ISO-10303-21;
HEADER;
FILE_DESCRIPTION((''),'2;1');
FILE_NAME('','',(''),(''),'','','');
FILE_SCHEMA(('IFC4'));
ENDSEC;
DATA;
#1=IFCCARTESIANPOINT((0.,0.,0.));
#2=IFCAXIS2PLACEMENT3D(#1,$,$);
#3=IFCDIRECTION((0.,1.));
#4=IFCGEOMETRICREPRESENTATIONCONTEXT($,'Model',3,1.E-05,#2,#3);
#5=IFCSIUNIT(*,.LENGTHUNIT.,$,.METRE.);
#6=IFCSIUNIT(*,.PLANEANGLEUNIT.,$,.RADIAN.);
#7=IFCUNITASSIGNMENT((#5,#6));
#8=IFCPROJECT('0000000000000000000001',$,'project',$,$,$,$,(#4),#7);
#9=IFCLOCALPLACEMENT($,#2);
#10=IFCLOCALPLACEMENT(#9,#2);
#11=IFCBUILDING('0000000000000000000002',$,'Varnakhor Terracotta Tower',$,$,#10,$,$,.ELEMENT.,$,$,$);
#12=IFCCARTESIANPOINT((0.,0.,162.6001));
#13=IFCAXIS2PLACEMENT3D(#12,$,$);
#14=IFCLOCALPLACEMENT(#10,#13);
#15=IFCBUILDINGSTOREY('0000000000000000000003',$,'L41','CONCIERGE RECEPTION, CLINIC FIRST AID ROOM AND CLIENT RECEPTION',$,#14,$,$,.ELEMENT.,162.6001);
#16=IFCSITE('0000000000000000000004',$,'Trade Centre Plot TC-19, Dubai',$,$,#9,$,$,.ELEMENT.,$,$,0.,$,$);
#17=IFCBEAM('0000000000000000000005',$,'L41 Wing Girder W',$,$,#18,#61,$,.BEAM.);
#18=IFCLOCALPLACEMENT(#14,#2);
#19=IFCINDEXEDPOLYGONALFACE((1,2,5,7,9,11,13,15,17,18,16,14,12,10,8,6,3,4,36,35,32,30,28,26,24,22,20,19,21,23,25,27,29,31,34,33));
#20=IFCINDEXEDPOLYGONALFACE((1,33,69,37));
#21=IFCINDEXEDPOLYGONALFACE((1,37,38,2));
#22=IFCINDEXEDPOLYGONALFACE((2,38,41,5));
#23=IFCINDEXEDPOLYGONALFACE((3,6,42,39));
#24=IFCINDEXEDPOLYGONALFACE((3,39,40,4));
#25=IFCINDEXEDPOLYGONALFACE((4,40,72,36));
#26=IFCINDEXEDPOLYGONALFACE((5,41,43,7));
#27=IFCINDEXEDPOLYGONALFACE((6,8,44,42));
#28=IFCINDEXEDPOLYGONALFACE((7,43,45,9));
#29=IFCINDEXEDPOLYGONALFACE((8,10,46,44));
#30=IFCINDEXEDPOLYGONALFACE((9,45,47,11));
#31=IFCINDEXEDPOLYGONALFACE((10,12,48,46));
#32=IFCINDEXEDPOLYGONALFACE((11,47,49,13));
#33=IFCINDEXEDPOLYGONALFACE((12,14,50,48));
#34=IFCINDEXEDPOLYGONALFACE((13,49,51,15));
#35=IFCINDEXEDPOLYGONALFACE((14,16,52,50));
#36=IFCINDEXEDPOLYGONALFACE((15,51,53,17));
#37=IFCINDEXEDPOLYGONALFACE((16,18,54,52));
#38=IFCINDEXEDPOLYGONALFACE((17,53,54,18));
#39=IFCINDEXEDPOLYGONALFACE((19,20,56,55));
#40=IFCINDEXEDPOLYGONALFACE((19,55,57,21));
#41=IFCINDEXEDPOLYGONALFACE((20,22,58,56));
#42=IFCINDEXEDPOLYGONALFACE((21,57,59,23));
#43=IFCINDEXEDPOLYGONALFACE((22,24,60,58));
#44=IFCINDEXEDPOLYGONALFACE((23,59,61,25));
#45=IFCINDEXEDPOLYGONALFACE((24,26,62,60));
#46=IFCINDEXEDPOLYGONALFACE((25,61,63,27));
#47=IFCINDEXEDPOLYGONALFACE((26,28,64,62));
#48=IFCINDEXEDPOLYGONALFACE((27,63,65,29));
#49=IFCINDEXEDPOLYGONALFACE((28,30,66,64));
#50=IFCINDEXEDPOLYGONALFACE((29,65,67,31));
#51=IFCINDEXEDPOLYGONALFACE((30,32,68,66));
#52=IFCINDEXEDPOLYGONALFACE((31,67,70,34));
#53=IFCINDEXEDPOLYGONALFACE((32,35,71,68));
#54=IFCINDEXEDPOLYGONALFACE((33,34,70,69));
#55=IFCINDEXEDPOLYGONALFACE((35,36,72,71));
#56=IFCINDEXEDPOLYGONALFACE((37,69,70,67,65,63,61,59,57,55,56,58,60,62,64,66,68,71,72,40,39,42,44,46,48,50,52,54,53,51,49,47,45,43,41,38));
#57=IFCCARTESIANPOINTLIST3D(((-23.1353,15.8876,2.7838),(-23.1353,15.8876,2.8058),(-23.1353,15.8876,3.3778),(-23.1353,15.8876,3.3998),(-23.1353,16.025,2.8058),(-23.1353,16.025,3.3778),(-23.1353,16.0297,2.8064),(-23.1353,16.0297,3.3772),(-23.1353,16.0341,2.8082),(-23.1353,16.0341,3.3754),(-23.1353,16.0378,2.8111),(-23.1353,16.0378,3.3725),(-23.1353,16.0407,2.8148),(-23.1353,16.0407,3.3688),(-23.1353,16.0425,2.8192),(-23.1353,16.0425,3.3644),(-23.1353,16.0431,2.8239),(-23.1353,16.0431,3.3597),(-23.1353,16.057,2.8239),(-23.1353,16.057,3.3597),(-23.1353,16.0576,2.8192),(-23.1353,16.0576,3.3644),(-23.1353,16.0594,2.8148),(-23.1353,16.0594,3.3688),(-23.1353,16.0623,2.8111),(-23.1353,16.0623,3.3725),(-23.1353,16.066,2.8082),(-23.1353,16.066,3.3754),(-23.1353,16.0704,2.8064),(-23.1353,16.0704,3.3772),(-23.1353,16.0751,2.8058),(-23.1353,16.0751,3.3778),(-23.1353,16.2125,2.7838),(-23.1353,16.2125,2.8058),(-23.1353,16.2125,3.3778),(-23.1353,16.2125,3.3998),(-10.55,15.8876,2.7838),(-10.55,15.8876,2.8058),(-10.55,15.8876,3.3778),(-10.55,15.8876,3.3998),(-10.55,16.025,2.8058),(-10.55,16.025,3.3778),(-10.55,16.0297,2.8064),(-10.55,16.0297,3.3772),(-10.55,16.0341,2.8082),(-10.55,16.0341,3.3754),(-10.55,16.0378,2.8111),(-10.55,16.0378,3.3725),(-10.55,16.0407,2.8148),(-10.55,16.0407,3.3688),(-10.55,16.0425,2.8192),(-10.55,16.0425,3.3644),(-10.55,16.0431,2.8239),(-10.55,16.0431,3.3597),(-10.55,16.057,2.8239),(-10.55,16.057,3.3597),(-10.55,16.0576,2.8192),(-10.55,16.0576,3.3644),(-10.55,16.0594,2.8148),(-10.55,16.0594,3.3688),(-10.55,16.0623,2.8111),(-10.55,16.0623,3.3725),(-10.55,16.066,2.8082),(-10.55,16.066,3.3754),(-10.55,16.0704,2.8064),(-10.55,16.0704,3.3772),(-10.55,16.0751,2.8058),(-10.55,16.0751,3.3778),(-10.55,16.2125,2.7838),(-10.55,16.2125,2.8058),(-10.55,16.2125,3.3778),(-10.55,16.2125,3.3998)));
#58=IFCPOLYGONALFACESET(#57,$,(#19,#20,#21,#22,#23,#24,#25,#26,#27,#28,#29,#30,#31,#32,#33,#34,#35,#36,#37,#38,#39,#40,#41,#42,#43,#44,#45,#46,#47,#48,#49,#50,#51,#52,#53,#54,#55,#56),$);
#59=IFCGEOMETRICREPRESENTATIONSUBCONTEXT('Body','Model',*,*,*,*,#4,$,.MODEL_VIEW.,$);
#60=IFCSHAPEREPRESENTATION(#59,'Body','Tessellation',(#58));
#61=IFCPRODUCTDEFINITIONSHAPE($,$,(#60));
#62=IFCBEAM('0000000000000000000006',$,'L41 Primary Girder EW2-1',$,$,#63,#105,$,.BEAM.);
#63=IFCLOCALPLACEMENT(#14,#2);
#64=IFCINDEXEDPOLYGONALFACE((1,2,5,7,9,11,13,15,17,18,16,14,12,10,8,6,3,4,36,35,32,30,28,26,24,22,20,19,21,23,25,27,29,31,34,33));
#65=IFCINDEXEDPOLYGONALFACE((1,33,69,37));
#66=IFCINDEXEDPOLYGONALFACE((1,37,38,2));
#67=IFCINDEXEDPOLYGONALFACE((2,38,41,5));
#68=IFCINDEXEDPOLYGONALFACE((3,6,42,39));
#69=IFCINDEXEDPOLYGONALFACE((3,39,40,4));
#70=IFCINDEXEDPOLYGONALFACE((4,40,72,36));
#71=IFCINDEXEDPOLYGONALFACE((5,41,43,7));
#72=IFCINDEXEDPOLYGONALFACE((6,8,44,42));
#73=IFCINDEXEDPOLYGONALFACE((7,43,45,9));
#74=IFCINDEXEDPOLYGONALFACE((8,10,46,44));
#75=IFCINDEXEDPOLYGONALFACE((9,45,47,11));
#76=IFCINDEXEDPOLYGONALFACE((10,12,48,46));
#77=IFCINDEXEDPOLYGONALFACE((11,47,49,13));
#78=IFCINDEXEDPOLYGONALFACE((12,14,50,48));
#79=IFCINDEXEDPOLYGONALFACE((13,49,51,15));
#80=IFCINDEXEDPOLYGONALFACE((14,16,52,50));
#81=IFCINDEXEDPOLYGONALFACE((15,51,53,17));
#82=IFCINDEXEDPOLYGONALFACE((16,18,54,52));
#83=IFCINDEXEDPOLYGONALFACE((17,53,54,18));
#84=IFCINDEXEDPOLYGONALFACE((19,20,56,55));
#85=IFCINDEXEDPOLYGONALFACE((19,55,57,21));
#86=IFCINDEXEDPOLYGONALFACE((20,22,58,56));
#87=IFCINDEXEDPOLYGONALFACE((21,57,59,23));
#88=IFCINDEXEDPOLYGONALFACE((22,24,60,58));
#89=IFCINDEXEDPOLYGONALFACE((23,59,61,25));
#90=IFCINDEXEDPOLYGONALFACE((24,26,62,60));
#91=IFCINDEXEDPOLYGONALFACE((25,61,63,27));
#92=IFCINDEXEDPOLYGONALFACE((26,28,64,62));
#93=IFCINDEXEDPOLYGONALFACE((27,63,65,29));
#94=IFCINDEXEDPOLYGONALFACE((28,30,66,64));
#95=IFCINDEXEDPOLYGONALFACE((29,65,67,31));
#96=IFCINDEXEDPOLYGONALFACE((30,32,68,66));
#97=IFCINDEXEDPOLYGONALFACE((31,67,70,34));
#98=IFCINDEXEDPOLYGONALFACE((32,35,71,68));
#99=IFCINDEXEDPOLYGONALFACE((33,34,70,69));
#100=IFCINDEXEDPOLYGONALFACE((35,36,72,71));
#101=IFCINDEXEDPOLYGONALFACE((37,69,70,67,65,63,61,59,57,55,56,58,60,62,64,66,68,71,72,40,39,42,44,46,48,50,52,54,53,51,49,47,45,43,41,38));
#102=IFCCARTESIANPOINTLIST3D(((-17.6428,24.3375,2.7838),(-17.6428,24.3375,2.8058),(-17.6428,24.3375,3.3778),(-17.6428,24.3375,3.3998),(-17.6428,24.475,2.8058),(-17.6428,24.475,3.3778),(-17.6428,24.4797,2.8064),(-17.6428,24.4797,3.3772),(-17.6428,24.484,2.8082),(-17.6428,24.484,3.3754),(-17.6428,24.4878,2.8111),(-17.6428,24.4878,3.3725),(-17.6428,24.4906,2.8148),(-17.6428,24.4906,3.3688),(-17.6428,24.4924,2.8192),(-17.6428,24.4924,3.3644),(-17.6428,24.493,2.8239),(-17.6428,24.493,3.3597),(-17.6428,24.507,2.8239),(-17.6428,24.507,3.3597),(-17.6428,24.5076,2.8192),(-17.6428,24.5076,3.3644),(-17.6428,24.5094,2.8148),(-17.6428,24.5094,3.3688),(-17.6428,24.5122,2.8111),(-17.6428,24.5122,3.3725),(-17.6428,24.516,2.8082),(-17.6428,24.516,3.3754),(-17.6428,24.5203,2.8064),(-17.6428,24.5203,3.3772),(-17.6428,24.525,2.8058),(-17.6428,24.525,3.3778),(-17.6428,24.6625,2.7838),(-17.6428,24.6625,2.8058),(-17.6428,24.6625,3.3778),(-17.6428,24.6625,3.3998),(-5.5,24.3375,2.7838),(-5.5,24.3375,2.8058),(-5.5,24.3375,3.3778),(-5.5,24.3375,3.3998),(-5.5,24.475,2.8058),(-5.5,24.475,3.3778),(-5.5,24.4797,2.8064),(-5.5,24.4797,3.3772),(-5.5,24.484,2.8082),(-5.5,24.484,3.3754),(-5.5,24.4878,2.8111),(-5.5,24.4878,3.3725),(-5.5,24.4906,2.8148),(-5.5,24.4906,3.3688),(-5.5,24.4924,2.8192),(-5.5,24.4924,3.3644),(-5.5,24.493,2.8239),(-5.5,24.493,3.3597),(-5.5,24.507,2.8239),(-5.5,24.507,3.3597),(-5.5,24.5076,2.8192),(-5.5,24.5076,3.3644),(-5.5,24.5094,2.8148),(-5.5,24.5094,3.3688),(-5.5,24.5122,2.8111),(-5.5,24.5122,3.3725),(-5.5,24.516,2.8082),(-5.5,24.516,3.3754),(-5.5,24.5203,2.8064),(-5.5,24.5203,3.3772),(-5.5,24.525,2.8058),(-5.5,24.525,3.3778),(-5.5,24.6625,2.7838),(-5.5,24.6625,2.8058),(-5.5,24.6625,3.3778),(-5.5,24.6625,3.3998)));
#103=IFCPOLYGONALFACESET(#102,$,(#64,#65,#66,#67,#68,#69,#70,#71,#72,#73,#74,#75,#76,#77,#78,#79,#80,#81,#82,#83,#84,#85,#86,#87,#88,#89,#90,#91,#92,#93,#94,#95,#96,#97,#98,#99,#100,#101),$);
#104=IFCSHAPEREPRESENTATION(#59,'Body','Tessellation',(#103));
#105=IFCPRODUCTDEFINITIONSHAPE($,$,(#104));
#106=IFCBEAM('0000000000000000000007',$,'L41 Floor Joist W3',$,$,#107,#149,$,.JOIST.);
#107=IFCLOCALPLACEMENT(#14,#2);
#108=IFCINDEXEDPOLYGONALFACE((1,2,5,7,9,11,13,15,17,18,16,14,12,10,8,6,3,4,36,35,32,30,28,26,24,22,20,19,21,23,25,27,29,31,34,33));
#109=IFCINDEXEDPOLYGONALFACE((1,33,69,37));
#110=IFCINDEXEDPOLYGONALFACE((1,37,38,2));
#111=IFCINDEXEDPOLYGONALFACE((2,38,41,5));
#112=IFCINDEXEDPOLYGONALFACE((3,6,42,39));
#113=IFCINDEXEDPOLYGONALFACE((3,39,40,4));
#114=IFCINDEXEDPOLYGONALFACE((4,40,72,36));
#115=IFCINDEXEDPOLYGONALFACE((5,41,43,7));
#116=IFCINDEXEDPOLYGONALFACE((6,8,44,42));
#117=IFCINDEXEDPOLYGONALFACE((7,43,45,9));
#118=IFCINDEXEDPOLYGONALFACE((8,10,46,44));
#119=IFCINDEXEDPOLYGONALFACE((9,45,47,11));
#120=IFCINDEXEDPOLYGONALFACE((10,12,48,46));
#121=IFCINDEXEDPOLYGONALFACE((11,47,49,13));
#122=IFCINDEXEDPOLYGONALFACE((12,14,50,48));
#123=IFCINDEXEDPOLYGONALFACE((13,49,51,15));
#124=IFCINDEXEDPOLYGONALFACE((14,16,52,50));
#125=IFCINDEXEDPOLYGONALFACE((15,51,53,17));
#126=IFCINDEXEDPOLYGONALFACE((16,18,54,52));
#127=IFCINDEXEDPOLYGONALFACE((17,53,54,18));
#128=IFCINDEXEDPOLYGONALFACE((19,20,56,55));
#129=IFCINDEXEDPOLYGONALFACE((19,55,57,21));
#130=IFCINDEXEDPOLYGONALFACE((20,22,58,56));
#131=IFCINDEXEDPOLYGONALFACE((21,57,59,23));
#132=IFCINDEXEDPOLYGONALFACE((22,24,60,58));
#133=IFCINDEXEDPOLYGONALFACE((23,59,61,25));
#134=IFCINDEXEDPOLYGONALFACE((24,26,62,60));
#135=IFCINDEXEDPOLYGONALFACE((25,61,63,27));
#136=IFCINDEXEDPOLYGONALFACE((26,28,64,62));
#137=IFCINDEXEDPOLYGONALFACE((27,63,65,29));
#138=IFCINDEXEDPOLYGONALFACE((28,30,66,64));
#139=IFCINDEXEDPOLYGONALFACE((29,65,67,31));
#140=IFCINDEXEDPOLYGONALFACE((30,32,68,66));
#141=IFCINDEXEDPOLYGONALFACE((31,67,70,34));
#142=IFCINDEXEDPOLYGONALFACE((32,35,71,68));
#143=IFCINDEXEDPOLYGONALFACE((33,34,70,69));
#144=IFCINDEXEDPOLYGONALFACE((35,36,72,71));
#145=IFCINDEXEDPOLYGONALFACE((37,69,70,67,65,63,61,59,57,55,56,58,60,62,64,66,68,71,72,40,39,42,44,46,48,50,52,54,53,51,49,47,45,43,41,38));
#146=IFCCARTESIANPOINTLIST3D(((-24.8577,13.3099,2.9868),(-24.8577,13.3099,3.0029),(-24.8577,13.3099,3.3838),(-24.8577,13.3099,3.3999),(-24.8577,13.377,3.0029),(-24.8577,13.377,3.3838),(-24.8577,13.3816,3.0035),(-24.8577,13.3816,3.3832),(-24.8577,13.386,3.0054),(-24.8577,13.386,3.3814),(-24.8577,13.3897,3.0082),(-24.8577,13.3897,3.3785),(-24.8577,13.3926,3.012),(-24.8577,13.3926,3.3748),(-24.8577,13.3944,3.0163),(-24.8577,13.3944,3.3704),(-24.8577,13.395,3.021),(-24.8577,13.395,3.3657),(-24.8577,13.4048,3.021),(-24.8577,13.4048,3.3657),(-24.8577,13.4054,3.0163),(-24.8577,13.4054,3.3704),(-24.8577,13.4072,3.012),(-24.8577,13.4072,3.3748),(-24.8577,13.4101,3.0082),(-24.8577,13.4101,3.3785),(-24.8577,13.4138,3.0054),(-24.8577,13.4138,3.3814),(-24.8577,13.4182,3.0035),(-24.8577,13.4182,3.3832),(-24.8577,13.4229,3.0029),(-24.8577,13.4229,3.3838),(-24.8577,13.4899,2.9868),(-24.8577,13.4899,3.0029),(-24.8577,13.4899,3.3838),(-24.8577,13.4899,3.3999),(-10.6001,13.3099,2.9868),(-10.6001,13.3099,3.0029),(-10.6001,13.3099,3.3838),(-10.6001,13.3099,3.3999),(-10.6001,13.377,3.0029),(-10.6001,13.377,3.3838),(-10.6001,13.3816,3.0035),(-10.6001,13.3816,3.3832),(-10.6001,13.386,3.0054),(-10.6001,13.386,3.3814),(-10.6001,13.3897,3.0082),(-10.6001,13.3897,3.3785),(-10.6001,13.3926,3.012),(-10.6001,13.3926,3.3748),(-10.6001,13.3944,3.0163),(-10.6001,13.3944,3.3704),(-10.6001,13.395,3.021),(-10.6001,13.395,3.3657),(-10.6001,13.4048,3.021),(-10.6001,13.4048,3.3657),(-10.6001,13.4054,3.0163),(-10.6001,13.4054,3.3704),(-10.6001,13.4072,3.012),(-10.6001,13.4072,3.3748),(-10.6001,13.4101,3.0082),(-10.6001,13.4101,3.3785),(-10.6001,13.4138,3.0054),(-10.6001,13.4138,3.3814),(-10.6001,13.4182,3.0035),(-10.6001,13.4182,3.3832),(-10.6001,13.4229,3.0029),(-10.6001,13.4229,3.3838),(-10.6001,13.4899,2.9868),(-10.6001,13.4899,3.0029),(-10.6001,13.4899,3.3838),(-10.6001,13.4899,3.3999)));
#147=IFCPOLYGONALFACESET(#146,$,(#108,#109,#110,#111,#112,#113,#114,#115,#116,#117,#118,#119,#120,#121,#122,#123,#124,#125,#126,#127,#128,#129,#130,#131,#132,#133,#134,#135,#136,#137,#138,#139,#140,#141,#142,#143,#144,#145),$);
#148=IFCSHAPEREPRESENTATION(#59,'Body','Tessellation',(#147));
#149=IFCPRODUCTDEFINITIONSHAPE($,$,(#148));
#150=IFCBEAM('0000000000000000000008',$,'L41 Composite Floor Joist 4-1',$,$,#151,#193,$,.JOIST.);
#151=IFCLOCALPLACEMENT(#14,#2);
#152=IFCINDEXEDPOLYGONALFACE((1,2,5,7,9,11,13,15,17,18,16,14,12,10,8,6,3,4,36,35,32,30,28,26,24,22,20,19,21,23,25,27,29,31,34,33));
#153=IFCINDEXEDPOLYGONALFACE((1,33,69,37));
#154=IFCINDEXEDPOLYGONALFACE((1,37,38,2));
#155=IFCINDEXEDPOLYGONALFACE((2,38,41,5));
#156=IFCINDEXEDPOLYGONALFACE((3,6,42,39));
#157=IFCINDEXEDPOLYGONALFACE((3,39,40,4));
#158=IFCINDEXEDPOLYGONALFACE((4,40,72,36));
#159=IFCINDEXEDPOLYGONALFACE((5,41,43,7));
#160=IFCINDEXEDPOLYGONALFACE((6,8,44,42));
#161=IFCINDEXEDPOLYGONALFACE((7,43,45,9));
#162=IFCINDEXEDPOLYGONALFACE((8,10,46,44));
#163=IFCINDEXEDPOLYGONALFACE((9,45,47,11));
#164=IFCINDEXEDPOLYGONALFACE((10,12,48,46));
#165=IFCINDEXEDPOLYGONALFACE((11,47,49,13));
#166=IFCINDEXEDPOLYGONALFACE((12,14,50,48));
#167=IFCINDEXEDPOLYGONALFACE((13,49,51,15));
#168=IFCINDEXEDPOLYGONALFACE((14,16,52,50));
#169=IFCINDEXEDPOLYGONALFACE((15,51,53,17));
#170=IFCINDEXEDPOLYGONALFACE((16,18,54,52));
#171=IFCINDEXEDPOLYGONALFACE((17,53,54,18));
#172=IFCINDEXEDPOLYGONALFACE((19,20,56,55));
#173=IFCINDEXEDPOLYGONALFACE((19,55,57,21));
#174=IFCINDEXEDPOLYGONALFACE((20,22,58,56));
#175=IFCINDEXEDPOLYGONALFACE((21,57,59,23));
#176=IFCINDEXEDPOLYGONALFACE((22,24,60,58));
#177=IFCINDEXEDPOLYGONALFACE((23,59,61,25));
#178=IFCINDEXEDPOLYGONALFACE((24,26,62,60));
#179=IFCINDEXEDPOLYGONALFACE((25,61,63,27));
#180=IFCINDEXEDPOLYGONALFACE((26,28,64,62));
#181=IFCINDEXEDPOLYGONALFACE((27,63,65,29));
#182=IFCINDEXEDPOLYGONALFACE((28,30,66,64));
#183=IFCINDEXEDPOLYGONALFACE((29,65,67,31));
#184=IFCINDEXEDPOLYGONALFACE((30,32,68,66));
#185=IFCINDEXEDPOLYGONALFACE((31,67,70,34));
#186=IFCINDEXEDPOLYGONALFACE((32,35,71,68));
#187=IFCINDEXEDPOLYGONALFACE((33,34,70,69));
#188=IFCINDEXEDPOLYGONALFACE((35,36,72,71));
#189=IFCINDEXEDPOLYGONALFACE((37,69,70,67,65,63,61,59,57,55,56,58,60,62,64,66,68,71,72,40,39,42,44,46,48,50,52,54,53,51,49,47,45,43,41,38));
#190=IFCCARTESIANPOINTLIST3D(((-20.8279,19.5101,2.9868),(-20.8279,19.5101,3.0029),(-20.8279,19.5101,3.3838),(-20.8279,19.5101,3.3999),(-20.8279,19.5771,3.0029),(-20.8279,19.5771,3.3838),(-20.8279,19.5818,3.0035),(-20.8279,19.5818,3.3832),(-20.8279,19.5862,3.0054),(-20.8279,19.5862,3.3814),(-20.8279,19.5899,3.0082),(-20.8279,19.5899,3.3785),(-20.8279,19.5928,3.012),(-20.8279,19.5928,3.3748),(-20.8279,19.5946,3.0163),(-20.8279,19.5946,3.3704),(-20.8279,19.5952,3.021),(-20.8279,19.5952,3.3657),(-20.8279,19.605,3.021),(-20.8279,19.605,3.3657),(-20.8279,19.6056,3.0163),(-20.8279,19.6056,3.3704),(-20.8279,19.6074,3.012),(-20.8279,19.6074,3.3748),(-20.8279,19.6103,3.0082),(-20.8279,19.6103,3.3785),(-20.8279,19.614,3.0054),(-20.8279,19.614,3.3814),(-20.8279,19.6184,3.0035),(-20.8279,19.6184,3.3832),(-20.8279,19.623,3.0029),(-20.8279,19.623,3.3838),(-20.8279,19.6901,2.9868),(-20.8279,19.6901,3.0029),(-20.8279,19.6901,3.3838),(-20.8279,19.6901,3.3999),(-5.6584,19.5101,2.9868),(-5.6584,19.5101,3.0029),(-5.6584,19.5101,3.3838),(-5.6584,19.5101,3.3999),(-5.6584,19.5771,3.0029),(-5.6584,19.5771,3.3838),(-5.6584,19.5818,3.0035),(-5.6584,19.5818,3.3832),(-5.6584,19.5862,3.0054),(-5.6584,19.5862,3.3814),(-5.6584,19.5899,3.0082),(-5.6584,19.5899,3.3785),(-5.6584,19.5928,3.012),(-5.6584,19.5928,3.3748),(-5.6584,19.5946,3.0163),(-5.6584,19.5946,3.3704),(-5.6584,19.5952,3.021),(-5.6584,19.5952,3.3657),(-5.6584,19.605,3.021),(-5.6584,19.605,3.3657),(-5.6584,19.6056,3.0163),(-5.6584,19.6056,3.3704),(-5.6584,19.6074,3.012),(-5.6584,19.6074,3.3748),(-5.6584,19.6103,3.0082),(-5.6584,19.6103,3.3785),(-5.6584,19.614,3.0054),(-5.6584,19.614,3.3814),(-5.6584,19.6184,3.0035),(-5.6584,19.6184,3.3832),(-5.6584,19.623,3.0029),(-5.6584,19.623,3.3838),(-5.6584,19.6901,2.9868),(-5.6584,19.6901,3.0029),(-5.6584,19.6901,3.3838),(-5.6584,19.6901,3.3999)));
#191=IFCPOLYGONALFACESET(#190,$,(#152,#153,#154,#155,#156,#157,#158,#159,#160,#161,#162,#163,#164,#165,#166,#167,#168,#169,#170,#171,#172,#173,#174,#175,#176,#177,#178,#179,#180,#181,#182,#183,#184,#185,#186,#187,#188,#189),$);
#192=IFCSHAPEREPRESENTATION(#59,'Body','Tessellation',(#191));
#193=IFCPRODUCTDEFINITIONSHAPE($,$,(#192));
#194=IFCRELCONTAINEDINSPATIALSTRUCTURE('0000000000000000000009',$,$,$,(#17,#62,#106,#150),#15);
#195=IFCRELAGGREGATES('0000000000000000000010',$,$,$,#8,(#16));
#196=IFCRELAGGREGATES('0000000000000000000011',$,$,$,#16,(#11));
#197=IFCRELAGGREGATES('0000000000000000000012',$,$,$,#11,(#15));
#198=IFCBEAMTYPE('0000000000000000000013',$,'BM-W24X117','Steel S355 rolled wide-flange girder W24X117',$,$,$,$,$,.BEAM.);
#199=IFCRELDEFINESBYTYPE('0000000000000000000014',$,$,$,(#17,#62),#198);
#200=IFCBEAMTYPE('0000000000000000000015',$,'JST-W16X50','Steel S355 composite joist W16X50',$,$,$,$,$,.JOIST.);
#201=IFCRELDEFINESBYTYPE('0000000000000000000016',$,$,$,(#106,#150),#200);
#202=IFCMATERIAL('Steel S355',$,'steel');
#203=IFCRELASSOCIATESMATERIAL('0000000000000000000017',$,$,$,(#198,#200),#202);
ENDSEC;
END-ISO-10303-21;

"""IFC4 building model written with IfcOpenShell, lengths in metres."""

from ifc_helpers import new_model, si_unit, direction, frame, origin, origin_2d, place, context, subcontext, project, spatial, i_section, extrude, source, transform, mapped, material, material_profile, profile_set, type_object, element, save


model = new_model("IFC4")

# Units and contexts
model_context = context("Model", 3, precision=1e-05, world=origin(), true_north=direction((0.0, 1.0)))
body_context = subcontext(model_context, "Body", "Model", "MODEL_VIEW")
ifc_project = project(units=[si_unit("LENGTHUNIT", "METRE"), si_unit("PLANEANGLEUNIT", "RADIAN")], contexts=[model_context])

# Site, building, storey
site_placement = place(None, origin())
site = spatial("IfcSite", under=ifc_project, at=site_placement, Name="Trade Centre Plot TC-19, Dubai", CompositionType="ELEMENT", RefElevation=0.0)
building_placement = place(site_placement, origin())
building = spatial("IfcBuilding", under=site, at=building_placement, Name="Varnakhor Terracotta Tower", CompositionType="ELEMENT")
storey_placement = place(building_placement, frame((0.0, 0.0, 162.6001)))
storey = spatial("IfcBuildingStorey", under=building, at=storey_placement, Name="L41", Description="CONCIERGE RECEPTION, CLINIC FIRST AID ROOM AND CLIENT RECEPTION", CompositionType="ELEMENT", Elevation=162.6001)

# Beams
ifc_material_1 = material(Name="Steel S355", Category="steel")
ifc_material_profile_1 = material_profile(ifc_material_1, i_section(OverallWidth=0.325, OverallDepth=0.616, WebThickness=0.0139, FlangeThickness=0.022, FilletRadius=0.0181, at=origin_2d()), Name="W24X117")
ifc_profile_set_1 = profile_set([ifc_material_profile_1], Name="Steel S355")
beam_type_1 = type_object("IfcBeamType", Name="BM-W24X117", Description="Steel S355 rolled wide-flange girder W24X117", PredefinedType="BEAM", material=ifc_profile_set_1)
shared_shape_1 = source(origin(), body_context, "Body", "SweptSolid", [
    extrude(i_section(OverallWidth=0.325, OverallDepth=0.616, WebThickness=0.0139, FlangeThickness=0.022, FilletRadius=0.0181, at=origin_2d()), origin(), (0.0, 0.0, 1.0), 12.5852),
])
beam_1_placement = place(storey_placement, frame((-23.1353, 16.05, 3.0918), z_axis=(1.0, 0.0, 0.0), x_axis=(0.0, 1.0, 0.0)))
element("IfcBeam", 1, at=beam_1_placement, inside=storey, type_object=beam_type_1, Name="L41 Wing Girder W", PredefinedType="BEAM", context=body_context, shape_type="MappedRepresentation", body=[
    mapped(shared_shape_1, transform((0.0, 0.0, 0.0), scale=1.0)),
])
shared_shape_2 = source(origin(), body_context, "Body", "SweptSolid", [
    extrude(i_section(OverallWidth=0.325, OverallDepth=0.616, WebThickness=0.0139, FlangeThickness=0.022, FilletRadius=0.0181, at=origin_2d()), origin(), (0.0, 0.0, 1.0), 12.1428),
])
beam_2_placement = place(storey_placement, frame((-17.6428, 24.5, 3.0918), z_axis=(1.0, 0.0, 0.0), x_axis=(0.0, 1.0, 0.0)))
element("IfcBeam", 2, at=beam_2_placement, inside=storey, type_object=beam_type_1, Name="L41 Primary Girder EW2-1", PredefinedType="BEAM", context=body_context, shape_type="MappedRepresentation", body=[
    mapped(shared_shape_2, transform((0.0, 0.0, 0.0), scale=1.0)),
])
ifc_material_profile_2 = material_profile(ifc_material_1, i_section(OverallWidth=0.1799, OverallDepth=0.4131, WebThickness=0.0098, FlangeThickness=0.0161, FilletRadius=0.0181, at=origin_2d()), Name="W16X50")
ifc_profile_set_2 = profile_set([ifc_material_profile_2], Name="Steel S355")
beam_type_2 = type_object("IfcBeamType", Name="JST-W16X50", Description="Steel S355 composite joist W16X50", PredefinedType="JOIST", material=ifc_profile_set_2)
shared_shape_3 = source(origin(), body_context, "Body", "SweptSolid", [
    extrude(i_section(OverallWidth=0.1799, OverallDepth=0.4131, WebThickness=0.0098, FlangeThickness=0.0161, FilletRadius=0.0181, at=origin_2d()), origin(), (0.0, 0.0, 1.0), 14.2576),
])
beam_3_placement = place(storey_placement, frame((-24.8577, 13.3999, 3.1934), z_axis=(1.0, 0.0, 0.0), x_axis=(0.0, 1.0, 0.0)))
element("IfcBeam", 3, at=beam_3_placement, inside=storey, type_object=beam_type_2, Name="L41 Floor Joist W3", PredefinedType="JOIST", context=body_context, shape_type="MappedRepresentation", body=[
    mapped(shared_shape_3, transform((0.0, 0.0, 0.0), scale=1.0)),
])
shared_shape_4 = source(origin(), body_context, "Body", "SweptSolid", [
    extrude(i_section(OverallWidth=0.1799, OverallDepth=0.4131, WebThickness=0.0098, FlangeThickness=0.0161, FilletRadius=0.0181, at=origin_2d()), origin(), (0.0, 0.0, 1.0), 15.1694),
])
beam_4_placement = place(storey_placement, frame((-20.8279, 19.6001, 3.1934), z_axis=(1.0, 0.0, 0.0), x_axis=(0.0, 1.0, 0.0)))
element("IfcBeam", 4, at=beam_4_placement, inside=storey, type_object=beam_type_2, Name="L41 Composite Floor Joist 4-1", PredefinedType="JOIST", context=body_context, shape_type="MappedRepresentation", body=[
    mapped(shared_shape_4, transform((0.0, 0.0, 0.0), scale=1.0)),
])

save(model, "model.ifc")
